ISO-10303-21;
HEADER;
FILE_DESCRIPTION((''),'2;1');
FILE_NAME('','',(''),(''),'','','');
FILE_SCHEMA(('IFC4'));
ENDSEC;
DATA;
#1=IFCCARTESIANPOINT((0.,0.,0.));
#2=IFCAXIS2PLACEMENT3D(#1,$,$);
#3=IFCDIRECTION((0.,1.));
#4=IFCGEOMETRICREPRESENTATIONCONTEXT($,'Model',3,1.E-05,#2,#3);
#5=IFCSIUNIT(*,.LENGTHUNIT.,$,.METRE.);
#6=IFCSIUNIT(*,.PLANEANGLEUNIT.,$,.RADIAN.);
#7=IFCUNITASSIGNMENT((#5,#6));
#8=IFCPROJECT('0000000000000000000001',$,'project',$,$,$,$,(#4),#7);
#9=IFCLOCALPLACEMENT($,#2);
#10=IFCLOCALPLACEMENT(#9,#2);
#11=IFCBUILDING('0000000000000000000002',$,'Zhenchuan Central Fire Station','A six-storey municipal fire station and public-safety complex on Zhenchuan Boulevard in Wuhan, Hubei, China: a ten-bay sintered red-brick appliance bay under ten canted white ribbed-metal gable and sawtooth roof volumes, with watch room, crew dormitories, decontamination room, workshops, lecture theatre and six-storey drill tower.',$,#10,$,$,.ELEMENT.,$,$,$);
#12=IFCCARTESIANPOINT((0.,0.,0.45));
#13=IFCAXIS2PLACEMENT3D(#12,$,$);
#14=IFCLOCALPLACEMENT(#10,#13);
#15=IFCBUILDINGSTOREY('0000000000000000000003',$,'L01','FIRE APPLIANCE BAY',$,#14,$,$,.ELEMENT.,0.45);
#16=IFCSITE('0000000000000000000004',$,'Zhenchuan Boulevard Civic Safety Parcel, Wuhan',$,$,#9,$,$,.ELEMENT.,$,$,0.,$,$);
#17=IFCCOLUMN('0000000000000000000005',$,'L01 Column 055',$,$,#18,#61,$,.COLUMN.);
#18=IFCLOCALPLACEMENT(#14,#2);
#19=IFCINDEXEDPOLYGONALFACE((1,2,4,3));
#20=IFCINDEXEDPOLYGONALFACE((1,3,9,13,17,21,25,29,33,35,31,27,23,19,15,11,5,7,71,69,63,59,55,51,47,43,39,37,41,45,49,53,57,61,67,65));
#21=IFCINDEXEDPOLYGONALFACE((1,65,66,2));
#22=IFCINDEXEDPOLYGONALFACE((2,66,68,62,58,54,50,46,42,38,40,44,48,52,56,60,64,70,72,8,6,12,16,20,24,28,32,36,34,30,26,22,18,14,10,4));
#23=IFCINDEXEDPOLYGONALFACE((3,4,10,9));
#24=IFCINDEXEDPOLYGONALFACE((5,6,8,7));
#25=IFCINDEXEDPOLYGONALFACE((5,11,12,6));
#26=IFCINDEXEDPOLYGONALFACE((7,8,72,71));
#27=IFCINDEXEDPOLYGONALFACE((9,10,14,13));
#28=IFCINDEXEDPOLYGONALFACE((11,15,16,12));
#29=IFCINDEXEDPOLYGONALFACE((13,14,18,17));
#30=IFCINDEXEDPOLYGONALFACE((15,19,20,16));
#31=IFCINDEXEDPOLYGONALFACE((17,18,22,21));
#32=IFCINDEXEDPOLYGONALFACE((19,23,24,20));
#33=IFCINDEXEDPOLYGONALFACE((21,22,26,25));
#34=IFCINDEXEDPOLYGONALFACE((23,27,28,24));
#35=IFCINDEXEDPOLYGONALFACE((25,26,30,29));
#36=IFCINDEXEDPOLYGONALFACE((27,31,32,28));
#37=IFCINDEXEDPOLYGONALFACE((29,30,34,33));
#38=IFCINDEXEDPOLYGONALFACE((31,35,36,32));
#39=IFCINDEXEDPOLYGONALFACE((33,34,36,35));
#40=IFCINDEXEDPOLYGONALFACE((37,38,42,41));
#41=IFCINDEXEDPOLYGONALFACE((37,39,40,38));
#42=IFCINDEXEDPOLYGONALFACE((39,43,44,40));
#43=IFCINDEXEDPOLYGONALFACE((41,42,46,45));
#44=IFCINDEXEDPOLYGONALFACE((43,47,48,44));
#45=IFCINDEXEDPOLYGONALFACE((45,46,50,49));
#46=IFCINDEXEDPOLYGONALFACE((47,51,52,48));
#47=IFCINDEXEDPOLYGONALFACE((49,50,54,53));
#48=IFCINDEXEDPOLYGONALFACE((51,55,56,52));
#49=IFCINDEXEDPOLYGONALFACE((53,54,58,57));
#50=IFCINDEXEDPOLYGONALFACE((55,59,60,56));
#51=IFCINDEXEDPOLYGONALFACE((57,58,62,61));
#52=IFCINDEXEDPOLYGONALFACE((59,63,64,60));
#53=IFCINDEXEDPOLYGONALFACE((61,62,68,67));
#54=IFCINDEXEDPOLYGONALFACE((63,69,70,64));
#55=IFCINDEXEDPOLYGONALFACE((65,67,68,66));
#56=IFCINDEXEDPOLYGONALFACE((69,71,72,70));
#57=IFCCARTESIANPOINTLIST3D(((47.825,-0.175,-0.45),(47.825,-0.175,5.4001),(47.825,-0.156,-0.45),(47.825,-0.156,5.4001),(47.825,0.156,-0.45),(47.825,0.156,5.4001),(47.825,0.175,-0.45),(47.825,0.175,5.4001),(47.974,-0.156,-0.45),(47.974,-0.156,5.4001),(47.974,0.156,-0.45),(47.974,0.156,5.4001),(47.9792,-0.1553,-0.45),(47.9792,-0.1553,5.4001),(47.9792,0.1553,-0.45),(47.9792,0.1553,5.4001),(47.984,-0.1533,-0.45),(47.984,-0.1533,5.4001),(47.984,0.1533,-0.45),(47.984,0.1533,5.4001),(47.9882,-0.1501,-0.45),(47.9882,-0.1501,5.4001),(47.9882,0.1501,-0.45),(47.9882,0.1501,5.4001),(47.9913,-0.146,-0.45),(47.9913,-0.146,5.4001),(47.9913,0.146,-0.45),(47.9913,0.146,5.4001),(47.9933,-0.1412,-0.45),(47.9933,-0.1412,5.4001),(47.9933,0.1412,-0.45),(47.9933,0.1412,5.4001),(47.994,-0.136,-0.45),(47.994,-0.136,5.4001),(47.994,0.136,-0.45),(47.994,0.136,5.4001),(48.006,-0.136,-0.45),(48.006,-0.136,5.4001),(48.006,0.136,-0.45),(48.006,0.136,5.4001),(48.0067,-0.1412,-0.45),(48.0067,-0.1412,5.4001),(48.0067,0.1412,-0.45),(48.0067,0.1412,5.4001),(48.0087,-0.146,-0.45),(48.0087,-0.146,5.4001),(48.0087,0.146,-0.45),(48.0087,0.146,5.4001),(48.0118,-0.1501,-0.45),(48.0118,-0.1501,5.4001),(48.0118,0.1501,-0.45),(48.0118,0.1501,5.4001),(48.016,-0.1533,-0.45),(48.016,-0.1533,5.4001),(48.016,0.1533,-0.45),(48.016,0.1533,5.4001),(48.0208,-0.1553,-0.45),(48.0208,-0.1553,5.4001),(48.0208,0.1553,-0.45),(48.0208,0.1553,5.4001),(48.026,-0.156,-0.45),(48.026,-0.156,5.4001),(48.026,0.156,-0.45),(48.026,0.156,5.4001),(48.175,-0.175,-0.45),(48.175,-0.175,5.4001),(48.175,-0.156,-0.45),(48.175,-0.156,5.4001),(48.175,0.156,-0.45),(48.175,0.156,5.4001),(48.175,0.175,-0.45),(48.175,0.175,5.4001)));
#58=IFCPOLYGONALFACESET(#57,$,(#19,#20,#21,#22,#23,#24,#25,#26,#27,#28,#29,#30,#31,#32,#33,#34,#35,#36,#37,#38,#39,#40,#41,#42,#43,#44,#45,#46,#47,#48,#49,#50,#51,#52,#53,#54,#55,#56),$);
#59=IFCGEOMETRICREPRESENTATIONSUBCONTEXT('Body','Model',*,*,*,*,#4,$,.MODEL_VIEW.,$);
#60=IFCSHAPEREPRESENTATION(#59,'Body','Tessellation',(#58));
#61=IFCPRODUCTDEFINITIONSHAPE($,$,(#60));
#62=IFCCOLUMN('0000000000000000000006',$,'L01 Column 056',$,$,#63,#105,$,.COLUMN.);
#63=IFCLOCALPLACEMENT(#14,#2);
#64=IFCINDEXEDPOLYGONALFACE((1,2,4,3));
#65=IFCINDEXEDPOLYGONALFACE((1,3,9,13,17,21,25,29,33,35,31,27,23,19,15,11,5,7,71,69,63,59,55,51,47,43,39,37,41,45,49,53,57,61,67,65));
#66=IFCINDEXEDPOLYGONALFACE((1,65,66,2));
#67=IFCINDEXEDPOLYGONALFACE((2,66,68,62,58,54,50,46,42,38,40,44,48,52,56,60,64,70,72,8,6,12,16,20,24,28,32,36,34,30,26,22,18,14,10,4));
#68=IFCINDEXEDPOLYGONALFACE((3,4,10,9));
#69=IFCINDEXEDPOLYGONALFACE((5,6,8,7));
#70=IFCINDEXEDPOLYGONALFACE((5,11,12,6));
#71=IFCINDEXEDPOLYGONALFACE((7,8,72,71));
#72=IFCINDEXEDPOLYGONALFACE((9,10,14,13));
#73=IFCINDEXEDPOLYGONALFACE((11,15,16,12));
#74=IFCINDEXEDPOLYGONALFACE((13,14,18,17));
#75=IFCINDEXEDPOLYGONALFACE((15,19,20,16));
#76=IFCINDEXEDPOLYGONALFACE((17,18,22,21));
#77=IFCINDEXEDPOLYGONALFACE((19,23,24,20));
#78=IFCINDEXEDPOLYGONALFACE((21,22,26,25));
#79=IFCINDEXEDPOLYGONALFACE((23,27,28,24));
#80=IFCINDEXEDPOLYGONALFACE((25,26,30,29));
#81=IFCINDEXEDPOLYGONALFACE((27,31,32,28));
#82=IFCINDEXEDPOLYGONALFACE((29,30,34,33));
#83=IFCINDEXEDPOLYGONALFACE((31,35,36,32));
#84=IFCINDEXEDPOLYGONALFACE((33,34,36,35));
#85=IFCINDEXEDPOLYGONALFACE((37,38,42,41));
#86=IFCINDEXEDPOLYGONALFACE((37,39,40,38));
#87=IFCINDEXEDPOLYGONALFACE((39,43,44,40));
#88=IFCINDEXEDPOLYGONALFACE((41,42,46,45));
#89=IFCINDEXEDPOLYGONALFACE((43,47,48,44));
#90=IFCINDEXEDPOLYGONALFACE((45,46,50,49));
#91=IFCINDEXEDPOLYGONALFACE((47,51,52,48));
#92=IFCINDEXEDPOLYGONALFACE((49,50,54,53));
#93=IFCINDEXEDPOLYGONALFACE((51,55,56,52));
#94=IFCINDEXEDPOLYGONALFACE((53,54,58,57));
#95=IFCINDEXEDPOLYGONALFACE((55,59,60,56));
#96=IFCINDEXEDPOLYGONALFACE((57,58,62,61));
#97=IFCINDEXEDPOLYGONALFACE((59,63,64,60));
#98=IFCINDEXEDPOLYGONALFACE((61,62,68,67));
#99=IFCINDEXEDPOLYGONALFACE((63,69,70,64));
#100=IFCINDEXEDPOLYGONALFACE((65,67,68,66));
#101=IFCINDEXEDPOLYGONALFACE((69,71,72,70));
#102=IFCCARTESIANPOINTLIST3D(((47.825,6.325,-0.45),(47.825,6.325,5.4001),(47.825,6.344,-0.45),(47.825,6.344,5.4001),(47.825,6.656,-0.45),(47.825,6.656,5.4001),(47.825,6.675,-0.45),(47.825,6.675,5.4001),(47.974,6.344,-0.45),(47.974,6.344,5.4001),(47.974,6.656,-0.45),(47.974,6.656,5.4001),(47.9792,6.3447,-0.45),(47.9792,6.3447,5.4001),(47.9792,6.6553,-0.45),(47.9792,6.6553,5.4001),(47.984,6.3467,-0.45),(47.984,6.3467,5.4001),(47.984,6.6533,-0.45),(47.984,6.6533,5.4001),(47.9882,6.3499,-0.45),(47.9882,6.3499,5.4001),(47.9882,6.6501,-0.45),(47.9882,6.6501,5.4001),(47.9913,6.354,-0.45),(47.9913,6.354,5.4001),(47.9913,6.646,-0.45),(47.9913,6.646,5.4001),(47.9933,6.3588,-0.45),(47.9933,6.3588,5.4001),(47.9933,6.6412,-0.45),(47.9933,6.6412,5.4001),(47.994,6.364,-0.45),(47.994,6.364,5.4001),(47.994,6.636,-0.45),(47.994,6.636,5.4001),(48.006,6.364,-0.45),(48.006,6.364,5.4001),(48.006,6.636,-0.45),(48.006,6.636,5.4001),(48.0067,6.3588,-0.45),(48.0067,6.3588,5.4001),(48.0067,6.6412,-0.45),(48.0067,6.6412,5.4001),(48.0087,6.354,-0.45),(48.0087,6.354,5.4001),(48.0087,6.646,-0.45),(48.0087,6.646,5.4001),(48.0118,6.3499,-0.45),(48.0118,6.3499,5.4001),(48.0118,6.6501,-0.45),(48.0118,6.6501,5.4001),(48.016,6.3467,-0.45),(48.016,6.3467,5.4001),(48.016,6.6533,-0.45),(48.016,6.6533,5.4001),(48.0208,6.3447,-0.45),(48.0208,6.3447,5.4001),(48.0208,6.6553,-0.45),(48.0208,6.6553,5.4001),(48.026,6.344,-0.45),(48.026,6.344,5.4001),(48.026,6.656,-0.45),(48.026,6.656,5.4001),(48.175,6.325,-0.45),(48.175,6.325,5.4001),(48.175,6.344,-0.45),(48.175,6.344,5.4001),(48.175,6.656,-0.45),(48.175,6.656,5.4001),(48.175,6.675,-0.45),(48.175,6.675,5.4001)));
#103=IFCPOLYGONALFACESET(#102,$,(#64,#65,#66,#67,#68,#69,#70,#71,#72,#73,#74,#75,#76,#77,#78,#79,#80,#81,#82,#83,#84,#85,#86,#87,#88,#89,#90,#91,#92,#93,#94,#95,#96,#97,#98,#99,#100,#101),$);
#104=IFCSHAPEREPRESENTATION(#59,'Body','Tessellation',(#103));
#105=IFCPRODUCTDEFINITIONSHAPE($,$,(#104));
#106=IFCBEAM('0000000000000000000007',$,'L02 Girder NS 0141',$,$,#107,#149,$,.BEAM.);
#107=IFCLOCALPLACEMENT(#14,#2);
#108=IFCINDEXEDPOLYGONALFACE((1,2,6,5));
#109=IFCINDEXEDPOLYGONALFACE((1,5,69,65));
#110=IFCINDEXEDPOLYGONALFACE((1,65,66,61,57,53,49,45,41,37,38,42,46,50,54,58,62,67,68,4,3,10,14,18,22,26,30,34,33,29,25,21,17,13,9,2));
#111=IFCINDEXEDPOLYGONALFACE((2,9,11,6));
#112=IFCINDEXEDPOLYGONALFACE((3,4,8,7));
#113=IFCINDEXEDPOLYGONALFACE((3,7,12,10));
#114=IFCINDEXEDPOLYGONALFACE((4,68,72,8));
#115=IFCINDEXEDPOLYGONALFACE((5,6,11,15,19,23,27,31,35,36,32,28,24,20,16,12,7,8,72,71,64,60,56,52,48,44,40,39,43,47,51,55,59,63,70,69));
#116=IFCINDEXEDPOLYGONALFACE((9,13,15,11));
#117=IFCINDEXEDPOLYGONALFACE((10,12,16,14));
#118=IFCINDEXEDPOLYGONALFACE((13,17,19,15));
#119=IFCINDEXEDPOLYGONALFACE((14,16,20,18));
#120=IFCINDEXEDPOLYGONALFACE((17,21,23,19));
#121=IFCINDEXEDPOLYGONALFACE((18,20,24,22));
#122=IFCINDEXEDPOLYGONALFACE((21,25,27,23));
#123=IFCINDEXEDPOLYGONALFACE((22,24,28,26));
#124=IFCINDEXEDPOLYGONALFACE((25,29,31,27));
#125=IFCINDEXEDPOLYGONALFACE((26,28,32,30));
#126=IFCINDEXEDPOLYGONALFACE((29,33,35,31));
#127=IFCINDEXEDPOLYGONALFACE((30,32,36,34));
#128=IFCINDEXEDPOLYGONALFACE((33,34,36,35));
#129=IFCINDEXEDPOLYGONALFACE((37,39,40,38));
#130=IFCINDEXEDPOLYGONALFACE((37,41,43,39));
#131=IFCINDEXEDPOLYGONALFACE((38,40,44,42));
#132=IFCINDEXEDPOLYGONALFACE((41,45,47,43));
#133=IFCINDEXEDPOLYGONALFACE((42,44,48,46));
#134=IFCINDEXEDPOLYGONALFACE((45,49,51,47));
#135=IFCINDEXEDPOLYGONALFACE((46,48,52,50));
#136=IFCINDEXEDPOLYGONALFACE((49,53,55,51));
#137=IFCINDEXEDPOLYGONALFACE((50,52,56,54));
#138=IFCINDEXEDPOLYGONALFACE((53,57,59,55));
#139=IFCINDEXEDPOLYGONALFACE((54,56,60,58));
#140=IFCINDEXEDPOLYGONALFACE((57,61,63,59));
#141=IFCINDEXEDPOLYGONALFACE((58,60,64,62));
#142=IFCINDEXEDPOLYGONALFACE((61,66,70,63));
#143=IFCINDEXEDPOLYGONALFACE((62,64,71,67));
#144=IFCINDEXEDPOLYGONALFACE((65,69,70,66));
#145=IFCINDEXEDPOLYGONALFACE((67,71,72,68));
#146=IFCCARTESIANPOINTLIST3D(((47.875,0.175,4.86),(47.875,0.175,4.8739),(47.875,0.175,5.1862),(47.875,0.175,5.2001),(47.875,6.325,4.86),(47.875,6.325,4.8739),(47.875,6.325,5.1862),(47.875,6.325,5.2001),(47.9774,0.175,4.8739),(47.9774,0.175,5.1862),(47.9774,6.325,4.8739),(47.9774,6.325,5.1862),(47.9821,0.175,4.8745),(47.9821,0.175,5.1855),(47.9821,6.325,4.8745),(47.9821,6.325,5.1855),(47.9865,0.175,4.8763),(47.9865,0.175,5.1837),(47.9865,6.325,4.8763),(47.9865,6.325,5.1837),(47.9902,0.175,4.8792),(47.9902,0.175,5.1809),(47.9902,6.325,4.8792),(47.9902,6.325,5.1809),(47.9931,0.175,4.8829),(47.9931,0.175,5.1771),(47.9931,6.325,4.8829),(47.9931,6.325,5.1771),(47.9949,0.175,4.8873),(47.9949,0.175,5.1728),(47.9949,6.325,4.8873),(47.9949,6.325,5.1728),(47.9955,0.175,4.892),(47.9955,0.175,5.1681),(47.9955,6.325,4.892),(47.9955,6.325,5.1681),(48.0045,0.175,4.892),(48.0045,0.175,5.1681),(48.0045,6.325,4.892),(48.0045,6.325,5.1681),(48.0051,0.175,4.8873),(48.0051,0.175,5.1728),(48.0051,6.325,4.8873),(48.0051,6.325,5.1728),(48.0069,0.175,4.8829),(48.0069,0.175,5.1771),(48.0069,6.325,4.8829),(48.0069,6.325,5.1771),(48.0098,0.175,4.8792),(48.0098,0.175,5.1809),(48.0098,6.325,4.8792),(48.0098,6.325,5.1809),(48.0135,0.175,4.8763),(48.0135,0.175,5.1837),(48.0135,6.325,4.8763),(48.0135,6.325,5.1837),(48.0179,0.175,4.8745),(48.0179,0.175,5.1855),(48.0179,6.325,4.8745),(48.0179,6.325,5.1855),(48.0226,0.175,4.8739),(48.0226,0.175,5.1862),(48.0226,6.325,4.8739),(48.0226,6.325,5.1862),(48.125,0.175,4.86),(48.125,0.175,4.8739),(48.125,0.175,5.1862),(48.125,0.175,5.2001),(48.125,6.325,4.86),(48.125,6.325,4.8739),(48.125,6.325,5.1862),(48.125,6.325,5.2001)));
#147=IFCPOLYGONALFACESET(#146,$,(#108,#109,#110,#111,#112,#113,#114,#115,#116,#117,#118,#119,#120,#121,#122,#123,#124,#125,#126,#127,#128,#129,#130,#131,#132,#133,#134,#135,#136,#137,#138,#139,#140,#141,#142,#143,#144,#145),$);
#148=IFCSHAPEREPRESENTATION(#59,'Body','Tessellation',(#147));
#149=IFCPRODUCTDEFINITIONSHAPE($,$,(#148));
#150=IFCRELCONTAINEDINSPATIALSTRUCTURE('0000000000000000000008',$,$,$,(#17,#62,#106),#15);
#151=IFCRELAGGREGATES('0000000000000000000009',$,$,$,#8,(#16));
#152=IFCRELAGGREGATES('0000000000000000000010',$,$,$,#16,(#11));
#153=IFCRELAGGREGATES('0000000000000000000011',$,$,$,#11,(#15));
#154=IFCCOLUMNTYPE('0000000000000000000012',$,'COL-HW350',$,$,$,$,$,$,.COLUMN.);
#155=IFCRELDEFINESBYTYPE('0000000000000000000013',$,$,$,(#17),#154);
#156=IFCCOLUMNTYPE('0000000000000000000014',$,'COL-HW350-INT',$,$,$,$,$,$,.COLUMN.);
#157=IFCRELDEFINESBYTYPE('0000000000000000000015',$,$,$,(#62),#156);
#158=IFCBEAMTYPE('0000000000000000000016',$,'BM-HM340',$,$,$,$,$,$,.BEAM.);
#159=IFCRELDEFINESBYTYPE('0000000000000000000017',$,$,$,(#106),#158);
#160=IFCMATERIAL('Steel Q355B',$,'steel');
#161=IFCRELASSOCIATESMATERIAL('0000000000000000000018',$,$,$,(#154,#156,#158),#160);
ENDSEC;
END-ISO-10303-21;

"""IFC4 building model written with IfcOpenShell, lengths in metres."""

from ifc_helpers import new_model, si_unit, direction, frame, origin, origin_2d, place, context, subcontext, project, spatial, i_section, extrude, material, material_profile, profile_set, type_object, element, save


model = new_model("IFC4")

# Units and contexts
model_context = context("Model", 3, precision=1e-05, world=origin(), true_north=direction((0.0, 1.0)))
body_context = subcontext(model_context, "Body", "Model", "MODEL_VIEW")
ifc_project = project(units=[si_unit("LENGTHUNIT", "METRE"), si_unit("PLANEANGLEUNIT", "RADIAN")], contexts=[model_context])

# Site, building, storey
site_placement = place(None, origin())
site = spatial("IfcSite", under=ifc_project, at=site_placement, Name="Zhenchuan Boulevard Civic Safety Parcel, Wuhan", CompositionType="ELEMENT", RefElevation=0.0)
building_placement = place(site_placement, origin())
building = spatial("IfcBuilding", under=site, at=building_placement, Name="Zhenchuan Central Fire Station", Description="A six-storey municipal fire station and public-safety complex on Zhenchuan Boulevard in Wuhan, Hubei, China: a ten-bay sintered red-brick appliance bay under ten canted white ribbed-metal gable and sawtooth roof volumes, with watch room, crew dormitories, decontamination room, workshops, lecture theatre and six-storey drill tower.", CompositionType="ELEMENT")
storey_placement = place(building_placement, frame((0.0, 0.0, 0.45)))
storey = spatial("IfcBuildingStorey", under=building, at=storey_placement, Name="L01", Description="FIRE APPLIANCE BAY", CompositionType="ELEMENT", Elevation=0.45)

# Columns
ifc_material_1 = material(Name="Steel Q355B", Category="steel")
ifc_material_profile_1 = material_profile(ifc_material_1, i_section(OverallWidth=0.3501, OverallDepth=0.3501, WebThickness=0.012, FlangeThickness=0.019, FilletRadius=0.02, at=origin_2d()), Name="HW 350x350")
ifc_profile_set_1 = profile_set([ifc_material_profile_1], Name="Steel Q355B")
column_type_1 = type_object("IfcColumnType", Name="COL-HW350", PredefinedType="COLUMN", material=ifc_profile_set_1)
column_1_placement = place(storey_placement, frame((48.0, 0.0, -0.45), z_axis=(0.0, 0.0, 1.0), x_axis=(1.0, 0.0, 0.0)))
element("IfcColumn", 1, at=column_1_placement, inside=storey, type_object=column_type_1, Name="L01 Column 055", PredefinedType="COLUMN", context=body_context, shape_type="SweptSolid", body=[
    extrude(i_section(OverallWidth=0.3501, OverallDepth=0.3501, WebThickness=0.012, FlangeThickness=0.019, FilletRadius=0.02, at=origin_2d()), origin(), (0.0, 0.0, 1.0), 5.8501),
])
ifc_material_profile_2 = material_profile(ifc_material_1, i_section(OverallWidth=0.3501, OverallDepth=0.3501, WebThickness=0.012, FlangeThickness=0.019, FilletRadius=0.02, at=origin_2d()), Name="HW 350x350")
ifc_profile_set_2 = profile_set([ifc_material_profile_2], Name="Steel Q355B")
column_type_2 = type_object("IfcColumnType", Name="COL-HW350-INT", PredefinedType="COLUMN", material=ifc_profile_set_2)
column_2_placement = place(storey_placement, frame((48.0, 6.5, -0.45), z_axis=(0.0, 0.0, 1.0), x_axis=(1.0, 0.0, 0.0)))
element("IfcColumn", 2, at=column_2_placement, inside=storey, type_object=column_type_2, Name="L01 Column 056", PredefinedType="COLUMN", context=body_context, shape_type="SweptSolid", body=[
    extrude(i_section(OverallWidth=0.3501, OverallDepth=0.3501, WebThickness=0.012, FlangeThickness=0.019, FilletRadius=0.02, at=origin_2d()), origin(), (0.0, 0.0, 1.0), 5.8501),
])

# Beam
ifc_material_profile_3 = material_profile(ifc_material_1, i_section(OverallWidth=0.25, OverallDepth=0.3401, WebThickness=0.009, FlangeThickness=0.0139, FilletRadius=0.0181, at=origin_2d()), Name="HM 340x250")
ifc_profile_set_3 = profile_set([ifc_material_profile_3], Name="Steel Q355B")
beam_type_1 = type_object("IfcBeamType", Name="BM-HM340", PredefinedType="BEAM", material=ifc_profile_set_3)
beam_1_placement = place(storey_placement, frame((48.0, 0.175, 5.03), z_axis=(0.0, 1.0, 0.0), x_axis=(-1.0, 0.0, 0.0)))
element("IfcBeam", 3, at=beam_1_placement, inside=storey, type_object=beam_type_1, Name="L02 Girder NS 0141", PredefinedType="BEAM", context=body_context, shape_type="SweptSolid", body=[
    extrude(i_section(OverallWidth=0.25, OverallDepth=0.3401, WebThickness=0.009, FlangeThickness=0.0139, FilletRadius=0.0181, at=origin_2d()), origin(), (0.0, 0.0, 1.0), 6.1499),
])

save(model, "model.ifc")
